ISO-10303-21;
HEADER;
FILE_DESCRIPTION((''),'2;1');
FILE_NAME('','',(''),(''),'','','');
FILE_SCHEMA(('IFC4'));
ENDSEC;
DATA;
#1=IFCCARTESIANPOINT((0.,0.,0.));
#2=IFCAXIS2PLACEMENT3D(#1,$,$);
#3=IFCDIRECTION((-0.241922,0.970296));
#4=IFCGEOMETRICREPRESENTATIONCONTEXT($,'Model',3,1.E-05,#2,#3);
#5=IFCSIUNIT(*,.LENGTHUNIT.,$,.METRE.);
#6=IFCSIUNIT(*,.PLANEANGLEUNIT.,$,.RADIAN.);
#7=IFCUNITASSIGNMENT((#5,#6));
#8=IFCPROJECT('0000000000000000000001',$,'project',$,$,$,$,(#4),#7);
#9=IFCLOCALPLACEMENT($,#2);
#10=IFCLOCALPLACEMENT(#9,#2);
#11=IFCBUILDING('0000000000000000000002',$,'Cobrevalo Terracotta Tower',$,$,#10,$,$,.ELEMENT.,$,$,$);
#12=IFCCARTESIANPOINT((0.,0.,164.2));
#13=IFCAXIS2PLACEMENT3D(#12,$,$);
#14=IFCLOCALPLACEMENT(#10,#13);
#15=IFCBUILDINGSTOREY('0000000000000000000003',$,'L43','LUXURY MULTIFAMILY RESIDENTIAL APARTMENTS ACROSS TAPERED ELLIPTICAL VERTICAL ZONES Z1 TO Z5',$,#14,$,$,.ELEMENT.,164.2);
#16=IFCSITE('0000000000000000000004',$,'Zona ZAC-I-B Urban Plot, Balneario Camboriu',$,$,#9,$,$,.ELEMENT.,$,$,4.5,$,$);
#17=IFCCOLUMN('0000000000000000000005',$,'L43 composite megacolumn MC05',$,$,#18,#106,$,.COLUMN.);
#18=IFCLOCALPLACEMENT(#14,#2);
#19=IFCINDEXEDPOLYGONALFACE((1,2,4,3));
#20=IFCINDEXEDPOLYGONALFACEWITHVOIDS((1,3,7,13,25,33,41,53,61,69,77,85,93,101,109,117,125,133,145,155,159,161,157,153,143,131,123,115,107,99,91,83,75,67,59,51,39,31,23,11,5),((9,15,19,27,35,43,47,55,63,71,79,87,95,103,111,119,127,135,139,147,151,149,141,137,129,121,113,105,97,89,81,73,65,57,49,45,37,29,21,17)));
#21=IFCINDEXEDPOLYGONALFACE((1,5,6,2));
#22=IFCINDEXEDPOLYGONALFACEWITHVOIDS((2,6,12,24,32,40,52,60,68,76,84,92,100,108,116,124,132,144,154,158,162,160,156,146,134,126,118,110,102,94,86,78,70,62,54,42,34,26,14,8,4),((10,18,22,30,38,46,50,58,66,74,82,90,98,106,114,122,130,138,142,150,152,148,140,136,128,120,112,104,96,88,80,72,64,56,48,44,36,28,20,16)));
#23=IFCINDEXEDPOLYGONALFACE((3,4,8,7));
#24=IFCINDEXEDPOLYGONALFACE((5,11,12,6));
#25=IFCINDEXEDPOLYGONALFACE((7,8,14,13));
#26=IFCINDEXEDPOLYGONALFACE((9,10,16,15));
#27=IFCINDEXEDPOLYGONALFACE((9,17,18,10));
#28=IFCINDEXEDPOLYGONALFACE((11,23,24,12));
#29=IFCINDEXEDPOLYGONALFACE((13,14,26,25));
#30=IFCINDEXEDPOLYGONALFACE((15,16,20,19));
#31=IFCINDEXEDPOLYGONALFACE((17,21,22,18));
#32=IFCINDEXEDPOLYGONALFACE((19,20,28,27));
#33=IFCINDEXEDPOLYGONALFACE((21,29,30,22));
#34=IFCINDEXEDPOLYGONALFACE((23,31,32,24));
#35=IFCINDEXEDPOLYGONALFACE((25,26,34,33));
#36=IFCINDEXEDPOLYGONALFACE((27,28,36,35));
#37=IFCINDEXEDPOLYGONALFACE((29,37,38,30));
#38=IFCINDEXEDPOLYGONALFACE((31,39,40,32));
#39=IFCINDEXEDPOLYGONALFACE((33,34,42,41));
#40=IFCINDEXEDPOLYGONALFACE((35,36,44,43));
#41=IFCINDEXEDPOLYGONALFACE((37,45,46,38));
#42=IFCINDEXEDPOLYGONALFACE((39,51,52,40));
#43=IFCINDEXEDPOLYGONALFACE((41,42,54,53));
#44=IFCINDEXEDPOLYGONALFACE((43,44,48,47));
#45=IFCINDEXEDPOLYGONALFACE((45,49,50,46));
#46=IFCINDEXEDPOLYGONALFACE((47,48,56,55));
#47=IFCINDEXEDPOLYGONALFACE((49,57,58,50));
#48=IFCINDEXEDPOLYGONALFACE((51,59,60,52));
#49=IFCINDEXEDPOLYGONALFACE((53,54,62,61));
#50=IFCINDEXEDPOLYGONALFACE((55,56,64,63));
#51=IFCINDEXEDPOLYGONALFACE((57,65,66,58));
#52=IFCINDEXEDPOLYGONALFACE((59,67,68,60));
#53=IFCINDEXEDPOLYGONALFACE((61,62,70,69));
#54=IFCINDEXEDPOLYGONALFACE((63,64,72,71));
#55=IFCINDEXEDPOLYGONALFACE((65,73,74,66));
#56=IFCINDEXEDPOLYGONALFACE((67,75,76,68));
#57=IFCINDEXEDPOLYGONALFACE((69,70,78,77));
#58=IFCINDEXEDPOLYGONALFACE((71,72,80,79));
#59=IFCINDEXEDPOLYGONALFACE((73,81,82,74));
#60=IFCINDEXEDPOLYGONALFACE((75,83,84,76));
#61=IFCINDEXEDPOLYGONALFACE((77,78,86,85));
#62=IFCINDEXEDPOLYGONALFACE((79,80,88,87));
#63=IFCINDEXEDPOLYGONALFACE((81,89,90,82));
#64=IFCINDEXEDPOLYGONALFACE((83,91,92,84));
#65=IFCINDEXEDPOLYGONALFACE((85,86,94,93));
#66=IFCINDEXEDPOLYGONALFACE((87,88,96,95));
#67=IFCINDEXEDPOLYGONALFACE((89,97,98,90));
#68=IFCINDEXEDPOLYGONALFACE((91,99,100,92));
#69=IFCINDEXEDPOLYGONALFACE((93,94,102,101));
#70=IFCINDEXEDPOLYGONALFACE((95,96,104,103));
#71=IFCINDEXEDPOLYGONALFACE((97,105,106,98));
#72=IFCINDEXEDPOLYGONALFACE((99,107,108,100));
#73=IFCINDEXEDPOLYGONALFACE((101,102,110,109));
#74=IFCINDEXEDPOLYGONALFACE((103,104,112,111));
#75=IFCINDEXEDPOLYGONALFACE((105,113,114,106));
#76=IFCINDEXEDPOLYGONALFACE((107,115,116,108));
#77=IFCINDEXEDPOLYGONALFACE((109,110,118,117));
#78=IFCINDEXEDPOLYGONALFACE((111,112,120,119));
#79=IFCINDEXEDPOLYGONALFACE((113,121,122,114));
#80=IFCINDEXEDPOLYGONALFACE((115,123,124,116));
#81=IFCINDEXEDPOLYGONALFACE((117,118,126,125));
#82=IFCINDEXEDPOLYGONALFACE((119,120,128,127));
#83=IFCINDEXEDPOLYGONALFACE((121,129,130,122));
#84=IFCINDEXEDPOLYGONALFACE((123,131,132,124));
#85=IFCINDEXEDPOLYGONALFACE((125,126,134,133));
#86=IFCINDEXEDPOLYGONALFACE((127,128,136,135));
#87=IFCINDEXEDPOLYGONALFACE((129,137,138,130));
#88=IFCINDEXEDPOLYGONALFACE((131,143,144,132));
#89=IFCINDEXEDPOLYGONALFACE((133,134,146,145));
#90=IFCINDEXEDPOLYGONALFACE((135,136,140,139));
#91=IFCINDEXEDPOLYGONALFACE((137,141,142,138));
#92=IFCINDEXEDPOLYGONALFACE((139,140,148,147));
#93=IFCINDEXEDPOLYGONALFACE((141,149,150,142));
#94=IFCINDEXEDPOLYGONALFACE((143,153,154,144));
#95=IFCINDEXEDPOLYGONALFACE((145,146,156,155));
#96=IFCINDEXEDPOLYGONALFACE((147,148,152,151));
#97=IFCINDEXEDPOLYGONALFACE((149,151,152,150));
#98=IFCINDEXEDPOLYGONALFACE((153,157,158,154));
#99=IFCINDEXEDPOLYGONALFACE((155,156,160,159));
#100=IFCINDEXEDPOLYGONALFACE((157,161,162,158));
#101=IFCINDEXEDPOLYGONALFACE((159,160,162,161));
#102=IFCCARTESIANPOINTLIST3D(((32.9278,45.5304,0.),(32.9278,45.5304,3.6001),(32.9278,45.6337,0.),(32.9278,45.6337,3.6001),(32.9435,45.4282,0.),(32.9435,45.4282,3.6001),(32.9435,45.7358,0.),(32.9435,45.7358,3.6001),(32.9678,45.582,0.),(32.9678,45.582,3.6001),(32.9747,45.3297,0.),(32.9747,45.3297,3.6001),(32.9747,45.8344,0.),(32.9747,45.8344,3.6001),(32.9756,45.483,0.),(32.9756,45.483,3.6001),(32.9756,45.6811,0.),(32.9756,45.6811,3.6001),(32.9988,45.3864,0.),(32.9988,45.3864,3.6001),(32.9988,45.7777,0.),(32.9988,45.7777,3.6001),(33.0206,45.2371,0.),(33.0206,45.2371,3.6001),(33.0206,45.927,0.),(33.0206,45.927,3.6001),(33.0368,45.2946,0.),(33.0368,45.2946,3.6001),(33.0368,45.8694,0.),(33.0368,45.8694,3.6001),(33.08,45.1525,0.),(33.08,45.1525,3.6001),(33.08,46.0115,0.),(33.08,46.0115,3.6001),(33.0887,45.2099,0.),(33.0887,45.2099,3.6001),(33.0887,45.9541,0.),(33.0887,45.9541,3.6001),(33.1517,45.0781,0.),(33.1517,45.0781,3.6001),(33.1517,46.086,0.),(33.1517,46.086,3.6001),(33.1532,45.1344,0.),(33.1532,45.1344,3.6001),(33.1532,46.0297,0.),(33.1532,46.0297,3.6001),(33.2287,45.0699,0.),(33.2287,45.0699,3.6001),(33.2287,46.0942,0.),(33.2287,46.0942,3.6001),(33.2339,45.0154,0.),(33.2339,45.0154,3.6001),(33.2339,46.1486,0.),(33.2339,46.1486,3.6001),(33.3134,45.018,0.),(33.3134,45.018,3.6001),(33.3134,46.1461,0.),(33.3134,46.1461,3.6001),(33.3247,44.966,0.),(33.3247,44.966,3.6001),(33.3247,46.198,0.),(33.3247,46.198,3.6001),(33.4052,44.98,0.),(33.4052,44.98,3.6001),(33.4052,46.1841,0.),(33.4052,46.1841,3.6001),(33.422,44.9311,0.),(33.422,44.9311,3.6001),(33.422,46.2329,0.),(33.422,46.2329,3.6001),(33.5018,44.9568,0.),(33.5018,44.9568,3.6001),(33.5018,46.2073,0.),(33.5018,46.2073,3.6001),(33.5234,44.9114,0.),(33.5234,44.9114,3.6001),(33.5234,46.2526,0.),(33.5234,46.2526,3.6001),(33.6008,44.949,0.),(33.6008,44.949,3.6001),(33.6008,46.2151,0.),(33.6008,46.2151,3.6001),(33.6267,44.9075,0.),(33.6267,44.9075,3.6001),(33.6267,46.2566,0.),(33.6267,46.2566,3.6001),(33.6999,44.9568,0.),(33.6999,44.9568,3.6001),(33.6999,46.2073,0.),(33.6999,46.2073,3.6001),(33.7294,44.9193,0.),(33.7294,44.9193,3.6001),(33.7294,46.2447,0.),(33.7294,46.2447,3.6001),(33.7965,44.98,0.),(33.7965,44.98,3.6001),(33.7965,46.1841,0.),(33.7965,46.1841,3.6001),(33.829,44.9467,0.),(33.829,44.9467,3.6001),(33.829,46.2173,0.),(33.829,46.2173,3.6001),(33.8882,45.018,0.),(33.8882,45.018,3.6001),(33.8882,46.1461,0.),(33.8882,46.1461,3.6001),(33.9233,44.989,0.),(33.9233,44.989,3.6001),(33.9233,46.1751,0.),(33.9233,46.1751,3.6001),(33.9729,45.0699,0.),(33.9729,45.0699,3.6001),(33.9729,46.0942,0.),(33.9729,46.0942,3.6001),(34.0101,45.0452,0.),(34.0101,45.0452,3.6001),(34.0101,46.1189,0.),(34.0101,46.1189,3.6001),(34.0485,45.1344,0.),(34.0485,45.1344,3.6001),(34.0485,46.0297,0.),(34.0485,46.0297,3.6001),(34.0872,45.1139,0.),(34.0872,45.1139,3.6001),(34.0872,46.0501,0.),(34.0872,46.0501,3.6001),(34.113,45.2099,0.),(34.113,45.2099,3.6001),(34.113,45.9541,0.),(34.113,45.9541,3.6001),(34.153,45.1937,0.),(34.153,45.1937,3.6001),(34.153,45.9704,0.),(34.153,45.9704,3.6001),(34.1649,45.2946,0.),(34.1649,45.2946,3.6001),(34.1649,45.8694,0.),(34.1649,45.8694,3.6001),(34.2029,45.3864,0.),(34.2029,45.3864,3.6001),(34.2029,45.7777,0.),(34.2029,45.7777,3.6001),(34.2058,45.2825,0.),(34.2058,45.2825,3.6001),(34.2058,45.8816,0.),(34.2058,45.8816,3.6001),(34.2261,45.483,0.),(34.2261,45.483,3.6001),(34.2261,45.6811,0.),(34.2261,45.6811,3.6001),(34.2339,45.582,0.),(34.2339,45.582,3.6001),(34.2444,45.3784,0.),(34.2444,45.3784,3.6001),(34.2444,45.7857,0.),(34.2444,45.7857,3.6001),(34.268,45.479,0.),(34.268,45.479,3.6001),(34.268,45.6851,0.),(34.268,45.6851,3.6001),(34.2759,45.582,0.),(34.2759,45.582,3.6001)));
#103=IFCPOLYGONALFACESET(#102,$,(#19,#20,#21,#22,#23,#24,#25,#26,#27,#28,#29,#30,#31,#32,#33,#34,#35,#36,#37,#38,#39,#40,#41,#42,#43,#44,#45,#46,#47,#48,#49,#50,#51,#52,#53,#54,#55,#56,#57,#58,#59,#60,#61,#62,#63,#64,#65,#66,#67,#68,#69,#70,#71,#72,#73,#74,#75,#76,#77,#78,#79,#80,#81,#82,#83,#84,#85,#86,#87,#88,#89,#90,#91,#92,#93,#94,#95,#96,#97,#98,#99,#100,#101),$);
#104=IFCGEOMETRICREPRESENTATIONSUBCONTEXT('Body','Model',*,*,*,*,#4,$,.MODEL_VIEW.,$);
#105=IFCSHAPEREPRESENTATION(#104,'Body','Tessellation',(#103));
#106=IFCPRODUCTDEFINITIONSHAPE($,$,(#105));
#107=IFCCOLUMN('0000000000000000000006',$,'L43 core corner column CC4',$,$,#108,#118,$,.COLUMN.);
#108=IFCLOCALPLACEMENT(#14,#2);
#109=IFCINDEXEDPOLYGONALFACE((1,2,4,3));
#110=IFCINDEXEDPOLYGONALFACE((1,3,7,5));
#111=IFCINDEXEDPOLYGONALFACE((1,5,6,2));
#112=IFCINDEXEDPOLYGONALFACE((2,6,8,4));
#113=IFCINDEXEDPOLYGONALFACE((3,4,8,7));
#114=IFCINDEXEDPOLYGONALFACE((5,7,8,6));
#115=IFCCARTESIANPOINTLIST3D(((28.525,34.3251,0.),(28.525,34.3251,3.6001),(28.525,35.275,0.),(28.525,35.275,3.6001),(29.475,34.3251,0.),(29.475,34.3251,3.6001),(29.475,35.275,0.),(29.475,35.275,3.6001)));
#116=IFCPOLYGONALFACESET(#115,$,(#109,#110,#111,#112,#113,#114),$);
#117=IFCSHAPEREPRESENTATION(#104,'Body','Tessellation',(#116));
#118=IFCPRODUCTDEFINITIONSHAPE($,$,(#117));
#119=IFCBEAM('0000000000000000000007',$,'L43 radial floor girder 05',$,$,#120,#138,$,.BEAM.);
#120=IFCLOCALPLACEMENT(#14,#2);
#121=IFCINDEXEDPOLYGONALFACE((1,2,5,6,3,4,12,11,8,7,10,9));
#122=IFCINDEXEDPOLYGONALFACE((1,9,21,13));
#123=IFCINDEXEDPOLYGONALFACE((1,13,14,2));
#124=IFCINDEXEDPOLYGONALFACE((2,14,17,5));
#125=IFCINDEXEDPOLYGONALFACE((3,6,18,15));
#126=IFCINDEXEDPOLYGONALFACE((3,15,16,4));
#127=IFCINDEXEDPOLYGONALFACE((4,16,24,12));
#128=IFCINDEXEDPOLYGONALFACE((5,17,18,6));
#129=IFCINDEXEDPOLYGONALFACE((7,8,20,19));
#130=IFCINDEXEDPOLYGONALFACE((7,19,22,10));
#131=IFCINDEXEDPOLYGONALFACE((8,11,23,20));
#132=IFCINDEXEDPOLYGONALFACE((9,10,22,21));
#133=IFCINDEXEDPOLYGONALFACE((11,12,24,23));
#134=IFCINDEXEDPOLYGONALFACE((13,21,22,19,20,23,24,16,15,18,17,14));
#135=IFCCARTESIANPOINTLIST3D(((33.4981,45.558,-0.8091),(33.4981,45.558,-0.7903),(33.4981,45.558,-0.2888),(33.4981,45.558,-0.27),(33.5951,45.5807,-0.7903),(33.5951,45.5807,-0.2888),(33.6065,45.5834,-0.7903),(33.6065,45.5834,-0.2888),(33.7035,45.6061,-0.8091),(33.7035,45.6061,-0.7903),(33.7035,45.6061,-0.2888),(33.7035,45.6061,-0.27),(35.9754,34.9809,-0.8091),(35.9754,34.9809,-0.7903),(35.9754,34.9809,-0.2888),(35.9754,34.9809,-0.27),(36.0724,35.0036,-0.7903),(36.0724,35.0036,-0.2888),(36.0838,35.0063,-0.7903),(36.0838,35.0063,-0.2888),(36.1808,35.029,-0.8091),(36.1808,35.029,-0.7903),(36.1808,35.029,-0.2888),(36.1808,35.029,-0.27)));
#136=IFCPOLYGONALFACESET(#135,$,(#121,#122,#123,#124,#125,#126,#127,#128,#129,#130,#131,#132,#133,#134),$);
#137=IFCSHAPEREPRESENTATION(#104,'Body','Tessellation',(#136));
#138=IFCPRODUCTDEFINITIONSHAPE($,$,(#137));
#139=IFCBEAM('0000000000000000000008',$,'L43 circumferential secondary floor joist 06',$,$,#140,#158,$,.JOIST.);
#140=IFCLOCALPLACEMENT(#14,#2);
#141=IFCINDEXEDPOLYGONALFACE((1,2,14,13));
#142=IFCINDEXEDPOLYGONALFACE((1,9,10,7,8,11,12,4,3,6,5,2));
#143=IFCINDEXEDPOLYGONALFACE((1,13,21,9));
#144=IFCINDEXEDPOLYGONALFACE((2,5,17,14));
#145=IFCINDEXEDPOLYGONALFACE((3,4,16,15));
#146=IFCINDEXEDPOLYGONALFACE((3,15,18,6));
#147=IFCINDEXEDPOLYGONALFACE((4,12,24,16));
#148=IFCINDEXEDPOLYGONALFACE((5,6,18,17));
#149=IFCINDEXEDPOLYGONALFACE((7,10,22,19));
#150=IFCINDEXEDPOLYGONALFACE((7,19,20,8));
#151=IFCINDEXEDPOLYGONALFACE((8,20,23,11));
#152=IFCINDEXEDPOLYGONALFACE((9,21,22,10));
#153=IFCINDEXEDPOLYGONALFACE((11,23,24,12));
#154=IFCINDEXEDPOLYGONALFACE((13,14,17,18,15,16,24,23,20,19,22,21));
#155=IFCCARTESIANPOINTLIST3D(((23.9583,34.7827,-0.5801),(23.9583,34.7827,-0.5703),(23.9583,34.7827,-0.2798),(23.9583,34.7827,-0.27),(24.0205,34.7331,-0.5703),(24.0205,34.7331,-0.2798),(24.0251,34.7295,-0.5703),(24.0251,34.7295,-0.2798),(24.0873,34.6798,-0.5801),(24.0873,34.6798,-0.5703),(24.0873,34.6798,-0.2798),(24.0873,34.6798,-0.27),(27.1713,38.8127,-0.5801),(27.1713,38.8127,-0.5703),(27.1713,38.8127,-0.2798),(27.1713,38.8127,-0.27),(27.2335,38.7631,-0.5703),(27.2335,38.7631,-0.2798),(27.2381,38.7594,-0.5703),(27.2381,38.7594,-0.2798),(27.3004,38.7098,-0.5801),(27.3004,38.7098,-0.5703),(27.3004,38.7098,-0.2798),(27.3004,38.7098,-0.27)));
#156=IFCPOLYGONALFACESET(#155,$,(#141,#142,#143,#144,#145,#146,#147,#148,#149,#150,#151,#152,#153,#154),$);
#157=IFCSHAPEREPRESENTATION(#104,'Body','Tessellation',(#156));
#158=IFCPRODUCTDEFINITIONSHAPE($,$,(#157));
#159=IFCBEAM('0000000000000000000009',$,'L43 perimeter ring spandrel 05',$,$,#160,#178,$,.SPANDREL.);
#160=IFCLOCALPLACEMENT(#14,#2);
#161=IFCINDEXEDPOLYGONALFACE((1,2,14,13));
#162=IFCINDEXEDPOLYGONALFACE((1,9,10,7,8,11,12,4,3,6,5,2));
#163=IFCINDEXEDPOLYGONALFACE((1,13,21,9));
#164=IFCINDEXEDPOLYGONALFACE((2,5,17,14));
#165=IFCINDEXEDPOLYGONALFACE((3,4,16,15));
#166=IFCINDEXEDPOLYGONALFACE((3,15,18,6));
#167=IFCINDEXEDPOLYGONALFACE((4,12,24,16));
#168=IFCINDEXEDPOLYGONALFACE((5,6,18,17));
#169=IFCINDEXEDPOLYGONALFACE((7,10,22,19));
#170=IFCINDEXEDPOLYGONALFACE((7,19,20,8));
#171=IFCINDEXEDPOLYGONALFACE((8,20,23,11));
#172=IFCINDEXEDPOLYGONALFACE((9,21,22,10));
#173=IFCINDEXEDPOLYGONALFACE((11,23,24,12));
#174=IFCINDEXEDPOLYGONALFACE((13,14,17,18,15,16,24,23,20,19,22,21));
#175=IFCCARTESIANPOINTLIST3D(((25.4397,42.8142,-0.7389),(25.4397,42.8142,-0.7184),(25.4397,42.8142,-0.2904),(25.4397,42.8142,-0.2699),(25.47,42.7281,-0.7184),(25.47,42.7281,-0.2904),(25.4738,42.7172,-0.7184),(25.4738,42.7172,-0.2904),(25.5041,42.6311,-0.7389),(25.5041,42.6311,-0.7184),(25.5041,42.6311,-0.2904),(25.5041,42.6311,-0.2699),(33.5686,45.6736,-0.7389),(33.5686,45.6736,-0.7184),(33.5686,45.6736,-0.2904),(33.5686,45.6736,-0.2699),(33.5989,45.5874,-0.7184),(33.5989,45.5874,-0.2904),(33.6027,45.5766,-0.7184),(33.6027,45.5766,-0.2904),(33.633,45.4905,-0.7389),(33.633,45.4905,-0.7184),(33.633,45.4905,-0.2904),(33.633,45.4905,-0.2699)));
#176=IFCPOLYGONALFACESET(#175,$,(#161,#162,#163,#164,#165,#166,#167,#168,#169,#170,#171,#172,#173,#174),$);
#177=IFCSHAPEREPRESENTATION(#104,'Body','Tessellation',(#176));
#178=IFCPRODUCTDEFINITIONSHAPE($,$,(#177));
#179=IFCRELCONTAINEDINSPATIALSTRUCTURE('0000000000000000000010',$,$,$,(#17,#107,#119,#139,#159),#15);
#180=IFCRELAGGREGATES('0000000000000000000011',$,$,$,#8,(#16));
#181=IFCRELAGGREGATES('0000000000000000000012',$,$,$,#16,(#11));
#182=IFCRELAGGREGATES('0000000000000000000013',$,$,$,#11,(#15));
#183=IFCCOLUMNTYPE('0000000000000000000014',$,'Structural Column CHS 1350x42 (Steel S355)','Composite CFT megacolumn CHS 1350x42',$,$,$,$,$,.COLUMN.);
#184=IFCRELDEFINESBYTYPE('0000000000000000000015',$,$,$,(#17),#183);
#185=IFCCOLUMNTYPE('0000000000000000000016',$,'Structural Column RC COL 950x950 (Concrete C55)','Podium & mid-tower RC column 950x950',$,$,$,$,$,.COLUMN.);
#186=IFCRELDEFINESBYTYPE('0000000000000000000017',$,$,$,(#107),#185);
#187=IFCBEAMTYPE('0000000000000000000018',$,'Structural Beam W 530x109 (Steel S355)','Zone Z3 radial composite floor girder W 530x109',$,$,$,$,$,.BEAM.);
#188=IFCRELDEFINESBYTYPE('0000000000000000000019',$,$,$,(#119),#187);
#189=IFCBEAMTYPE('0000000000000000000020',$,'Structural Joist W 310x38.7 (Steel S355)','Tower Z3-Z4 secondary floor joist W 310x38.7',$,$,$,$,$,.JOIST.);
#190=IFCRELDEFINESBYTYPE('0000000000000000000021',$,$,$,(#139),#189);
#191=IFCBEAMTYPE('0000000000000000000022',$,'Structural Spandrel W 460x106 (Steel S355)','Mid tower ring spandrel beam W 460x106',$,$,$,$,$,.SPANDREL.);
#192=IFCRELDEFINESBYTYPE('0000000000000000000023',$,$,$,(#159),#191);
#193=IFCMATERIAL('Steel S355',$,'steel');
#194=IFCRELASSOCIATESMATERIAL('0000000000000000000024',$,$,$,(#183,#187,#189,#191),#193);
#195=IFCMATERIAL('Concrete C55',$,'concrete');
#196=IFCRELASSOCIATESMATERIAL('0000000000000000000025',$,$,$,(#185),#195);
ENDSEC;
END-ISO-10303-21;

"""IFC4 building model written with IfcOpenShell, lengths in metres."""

from ifc_helpers import new_model, si_unit, direction, frame, origin, origin_2d, place, context, subcontext, project, spatial, rectangle, hollow_circle, i_section, extrude, material, material_profile, profile_set, type_object, element, save


model = new_model("IFC4")

# Units and contexts
model_context = context("Model", 3, precision=1e-05, world=origin(), true_north=direction((-0.241922, 0.970296)))
body_context = subcontext(model_context, "Body", "Model", "MODEL_VIEW")
ifc_project = project(units=[si_unit("LENGTHUNIT", "METRE"), si_unit("PLANEANGLEUNIT", "RADIAN")], contexts=[model_context])

# Site, building, storey
site_placement = place(None, origin())
site = spatial("IfcSite", under=ifc_project, at=site_placement, Name="Zona ZAC-I-B Urban Plot, Balneario Camboriu", CompositionType="ELEMENT", RefElevation=4.5)
building_placement = place(site_placement, origin())
building = spatial("IfcBuilding", under=site, at=building_placement, Name="Cobrevalo Terracotta Tower", CompositionType="ELEMENT")
storey_placement = place(building_placement, frame((0.0, 0.0, 164.2)))
storey = spatial("IfcBuildingStorey", under=building, at=storey_placement, Name="L43", Description="LUXURY MULTIFAMILY RESIDENTIAL APARTMENTS ACROSS TAPERED ELLIPTICAL VERTICAL ZONES Z1 TO Z5", CompositionType="ELEMENT", Elevation=164.2)

# Columns
ifc_material_1 = material(Name="Steel S355", Category="steel")
ifc_material_profile_1 = material_profile(ifc_material_1, hollow_circle(Radius=0.675, WallThickness=0.042, at=origin_2d()), Name="CHS 1350x42")
ifc_profile_set_1 = profile_set([ifc_material_profile_1], Name="Steel S355")
column_type_1 = type_object("IfcColumnType", Name="Structural Column CHS 1350x42 (Steel S355)", Description="Composite CFT megacolumn CHS 1350x42", PredefinedType="COLUMN", material=ifc_profile_set_1)
column_1_placement = place(storey_placement, frame((33.6008, 45.582, 0.0), z_axis=(0.0, 0.0, 1.0), x_axis=(1.0, 0.0, 0.0)))
element("IfcColumn", 1, at=column_1_placement, inside=storey, type_object=column_type_1, Name="L43 composite megacolumn MC05", PredefinedType="COLUMN", context=body_context, shape_type="SweptSolid", body=[
    extrude(hollow_circle(Radius=0.675, WallThickness=0.042, at=origin_2d()), origin(), (0.0, 0.0, 1.0), 3.6001),
])
ifc_material_2 = material(Name="Concrete C55", Category="concrete")
ifc_material_profile_2 = material_profile(ifc_material_2, rectangle(XDim=0.95, YDim=0.95, at=origin_2d()), Name="RC COL 950x950")
ifc_profile_set_2 = profile_set([ifc_material_profile_2], Name="Concrete C55")
column_type_2 = type_object("IfcColumnType", Name="Structural Column RC COL 950x950 (Concrete C55)", Description="Podium & mid-tower RC column 950x950", PredefinedType="COLUMN", material=ifc_profile_set_2)
column_2_placement = place(storey_placement, frame((29.0, 34.8, 0.0), z_axis=(0.0, 0.0, 1.0), x_axis=(1.0, 0.0, 0.0)))
element("IfcColumn", 2, at=column_2_placement, inside=storey, type_object=column_type_2, Name="L43 core corner column CC4", PredefinedType="COLUMN", context=body_context, shape_type="SweptSolid", body=[
    extrude(rectangle(XDim=0.95, YDim=0.95, at=origin_2d()), origin(), (0.0, 0.0, 1.0), 3.6001),
])

# Beams
ifc_material_profile_3 = material_profile(ifc_material_1, i_section(OverallWidth=0.2109, OverallDepth=0.5391, WebThickness=0.0117, FlangeThickness=0.0188, at=origin_2d()), Name="W 530x109")
ifc_profile_set_3 = profile_set([ifc_material_profile_3], Name="Steel S355")
beam_type_1 = type_object("IfcBeamType", Name="Structural Beam W 530x109 (Steel S355)", Description="Zone Z3 radial composite floor girder W 530x109", PredefinedType="BEAM", material=ifc_profile_set_3)
beam_1_placement = place(storey_placement, frame((33.6008, 45.582, -0.5396), z_axis=(0.228041, -0.973652, 0.0), x_axis=(0.973652, 0.228041, 0.0)))
element("IfcBeam", 3, at=beam_1_placement, inside=storey, type_object=beam_type_1, Name="L43 radial floor girder 05", PredefinedType="BEAM", context=body_context, shape_type="SweptSolid", body=[
    extrude(i_section(OverallWidth=0.2109, OverallDepth=0.5391, WebThickness=0.0117, FlangeThickness=0.0188, at=origin_2d()), origin(), (0.0, 0.0, 1.0), 10.8633),
])
ifc_material_profile_4 = material_profile(ifc_material_1, i_section(OverallWidth=0.165, OverallDepth=0.3101, WebThickness=0.0059, FlangeThickness=0.0098, at=origin_2d()), Name="W 310x38.7")
ifc_profile_set_4 = profile_set([ifc_material_profile_4], Name="Steel S355")
beam_type_2 = type_object("IfcBeamType", Name="Structural Joist W 310x38.7 (Steel S355)", Description="Tower Z3-Z4 secondary floor joist W 310x38.7", PredefinedType="JOIST", material=ifc_profile_set_4)
beam_2_placement = place(storey_placement, frame((27.2358, 38.7612, -0.425), z_axis=(-0.623406, -0.781898, 0.0), x_axis=(0.781898, -0.623406, 0.0)))
element("IfcBeam", 4, at=beam_2_placement, inside=storey, type_object=beam_type_2, Name="L43 circumferential secondary floor joist 06", PredefinedType="JOIST", context=body_context, shape_type="SweptSolid", body=[
    extrude(i_section(OverallWidth=0.165, OverallDepth=0.3101, WebThickness=0.0059, FlangeThickness=0.0098, at=origin_2d()), origin(), (0.0, 0.0, 1.0), 5.1541),
])
ifc_material_profile_5 = material_profile(ifc_material_1, i_section(OverallWidth=0.1941, OverallDepth=0.469, WebThickness=0.0115, FlangeThickness=0.0205, at=origin_2d()), Name="W 460x106")
ifc_profile_set_5 = profile_set([ifc_material_profile_5], Name="Steel S355")
beam_type_3 = type_object("IfcBeamType", Name="Structural Spandrel W 460x106 (Steel S355)", Description="Mid tower ring spandrel beam W 460x106", PredefinedType="SPANDREL", material=ifc_profile_set_5)
beam_3_placement = place(storey_placement, frame((33.6008, 45.582, -0.5044), z_axis=(-0.943341, -0.331824, 0.0), x_axis=(0.331824, -0.943341, 0.0)))
element("IfcBeam", 5, at=beam_3_placement, inside=storey, type_object=beam_type_3, Name="L43 perimeter ring spandrel 05", PredefinedType="SPANDREL", context=body_context, shape_type="SweptSolid", body=[
    extrude(i_section(OverallWidth=0.1941, OverallDepth=0.469, WebThickness=0.0115, FlangeThickness=0.0205, at=origin_2d()), origin(), (0.0, 0.0, 1.0), 8.6172),
])

save(model, "model.ifc")
